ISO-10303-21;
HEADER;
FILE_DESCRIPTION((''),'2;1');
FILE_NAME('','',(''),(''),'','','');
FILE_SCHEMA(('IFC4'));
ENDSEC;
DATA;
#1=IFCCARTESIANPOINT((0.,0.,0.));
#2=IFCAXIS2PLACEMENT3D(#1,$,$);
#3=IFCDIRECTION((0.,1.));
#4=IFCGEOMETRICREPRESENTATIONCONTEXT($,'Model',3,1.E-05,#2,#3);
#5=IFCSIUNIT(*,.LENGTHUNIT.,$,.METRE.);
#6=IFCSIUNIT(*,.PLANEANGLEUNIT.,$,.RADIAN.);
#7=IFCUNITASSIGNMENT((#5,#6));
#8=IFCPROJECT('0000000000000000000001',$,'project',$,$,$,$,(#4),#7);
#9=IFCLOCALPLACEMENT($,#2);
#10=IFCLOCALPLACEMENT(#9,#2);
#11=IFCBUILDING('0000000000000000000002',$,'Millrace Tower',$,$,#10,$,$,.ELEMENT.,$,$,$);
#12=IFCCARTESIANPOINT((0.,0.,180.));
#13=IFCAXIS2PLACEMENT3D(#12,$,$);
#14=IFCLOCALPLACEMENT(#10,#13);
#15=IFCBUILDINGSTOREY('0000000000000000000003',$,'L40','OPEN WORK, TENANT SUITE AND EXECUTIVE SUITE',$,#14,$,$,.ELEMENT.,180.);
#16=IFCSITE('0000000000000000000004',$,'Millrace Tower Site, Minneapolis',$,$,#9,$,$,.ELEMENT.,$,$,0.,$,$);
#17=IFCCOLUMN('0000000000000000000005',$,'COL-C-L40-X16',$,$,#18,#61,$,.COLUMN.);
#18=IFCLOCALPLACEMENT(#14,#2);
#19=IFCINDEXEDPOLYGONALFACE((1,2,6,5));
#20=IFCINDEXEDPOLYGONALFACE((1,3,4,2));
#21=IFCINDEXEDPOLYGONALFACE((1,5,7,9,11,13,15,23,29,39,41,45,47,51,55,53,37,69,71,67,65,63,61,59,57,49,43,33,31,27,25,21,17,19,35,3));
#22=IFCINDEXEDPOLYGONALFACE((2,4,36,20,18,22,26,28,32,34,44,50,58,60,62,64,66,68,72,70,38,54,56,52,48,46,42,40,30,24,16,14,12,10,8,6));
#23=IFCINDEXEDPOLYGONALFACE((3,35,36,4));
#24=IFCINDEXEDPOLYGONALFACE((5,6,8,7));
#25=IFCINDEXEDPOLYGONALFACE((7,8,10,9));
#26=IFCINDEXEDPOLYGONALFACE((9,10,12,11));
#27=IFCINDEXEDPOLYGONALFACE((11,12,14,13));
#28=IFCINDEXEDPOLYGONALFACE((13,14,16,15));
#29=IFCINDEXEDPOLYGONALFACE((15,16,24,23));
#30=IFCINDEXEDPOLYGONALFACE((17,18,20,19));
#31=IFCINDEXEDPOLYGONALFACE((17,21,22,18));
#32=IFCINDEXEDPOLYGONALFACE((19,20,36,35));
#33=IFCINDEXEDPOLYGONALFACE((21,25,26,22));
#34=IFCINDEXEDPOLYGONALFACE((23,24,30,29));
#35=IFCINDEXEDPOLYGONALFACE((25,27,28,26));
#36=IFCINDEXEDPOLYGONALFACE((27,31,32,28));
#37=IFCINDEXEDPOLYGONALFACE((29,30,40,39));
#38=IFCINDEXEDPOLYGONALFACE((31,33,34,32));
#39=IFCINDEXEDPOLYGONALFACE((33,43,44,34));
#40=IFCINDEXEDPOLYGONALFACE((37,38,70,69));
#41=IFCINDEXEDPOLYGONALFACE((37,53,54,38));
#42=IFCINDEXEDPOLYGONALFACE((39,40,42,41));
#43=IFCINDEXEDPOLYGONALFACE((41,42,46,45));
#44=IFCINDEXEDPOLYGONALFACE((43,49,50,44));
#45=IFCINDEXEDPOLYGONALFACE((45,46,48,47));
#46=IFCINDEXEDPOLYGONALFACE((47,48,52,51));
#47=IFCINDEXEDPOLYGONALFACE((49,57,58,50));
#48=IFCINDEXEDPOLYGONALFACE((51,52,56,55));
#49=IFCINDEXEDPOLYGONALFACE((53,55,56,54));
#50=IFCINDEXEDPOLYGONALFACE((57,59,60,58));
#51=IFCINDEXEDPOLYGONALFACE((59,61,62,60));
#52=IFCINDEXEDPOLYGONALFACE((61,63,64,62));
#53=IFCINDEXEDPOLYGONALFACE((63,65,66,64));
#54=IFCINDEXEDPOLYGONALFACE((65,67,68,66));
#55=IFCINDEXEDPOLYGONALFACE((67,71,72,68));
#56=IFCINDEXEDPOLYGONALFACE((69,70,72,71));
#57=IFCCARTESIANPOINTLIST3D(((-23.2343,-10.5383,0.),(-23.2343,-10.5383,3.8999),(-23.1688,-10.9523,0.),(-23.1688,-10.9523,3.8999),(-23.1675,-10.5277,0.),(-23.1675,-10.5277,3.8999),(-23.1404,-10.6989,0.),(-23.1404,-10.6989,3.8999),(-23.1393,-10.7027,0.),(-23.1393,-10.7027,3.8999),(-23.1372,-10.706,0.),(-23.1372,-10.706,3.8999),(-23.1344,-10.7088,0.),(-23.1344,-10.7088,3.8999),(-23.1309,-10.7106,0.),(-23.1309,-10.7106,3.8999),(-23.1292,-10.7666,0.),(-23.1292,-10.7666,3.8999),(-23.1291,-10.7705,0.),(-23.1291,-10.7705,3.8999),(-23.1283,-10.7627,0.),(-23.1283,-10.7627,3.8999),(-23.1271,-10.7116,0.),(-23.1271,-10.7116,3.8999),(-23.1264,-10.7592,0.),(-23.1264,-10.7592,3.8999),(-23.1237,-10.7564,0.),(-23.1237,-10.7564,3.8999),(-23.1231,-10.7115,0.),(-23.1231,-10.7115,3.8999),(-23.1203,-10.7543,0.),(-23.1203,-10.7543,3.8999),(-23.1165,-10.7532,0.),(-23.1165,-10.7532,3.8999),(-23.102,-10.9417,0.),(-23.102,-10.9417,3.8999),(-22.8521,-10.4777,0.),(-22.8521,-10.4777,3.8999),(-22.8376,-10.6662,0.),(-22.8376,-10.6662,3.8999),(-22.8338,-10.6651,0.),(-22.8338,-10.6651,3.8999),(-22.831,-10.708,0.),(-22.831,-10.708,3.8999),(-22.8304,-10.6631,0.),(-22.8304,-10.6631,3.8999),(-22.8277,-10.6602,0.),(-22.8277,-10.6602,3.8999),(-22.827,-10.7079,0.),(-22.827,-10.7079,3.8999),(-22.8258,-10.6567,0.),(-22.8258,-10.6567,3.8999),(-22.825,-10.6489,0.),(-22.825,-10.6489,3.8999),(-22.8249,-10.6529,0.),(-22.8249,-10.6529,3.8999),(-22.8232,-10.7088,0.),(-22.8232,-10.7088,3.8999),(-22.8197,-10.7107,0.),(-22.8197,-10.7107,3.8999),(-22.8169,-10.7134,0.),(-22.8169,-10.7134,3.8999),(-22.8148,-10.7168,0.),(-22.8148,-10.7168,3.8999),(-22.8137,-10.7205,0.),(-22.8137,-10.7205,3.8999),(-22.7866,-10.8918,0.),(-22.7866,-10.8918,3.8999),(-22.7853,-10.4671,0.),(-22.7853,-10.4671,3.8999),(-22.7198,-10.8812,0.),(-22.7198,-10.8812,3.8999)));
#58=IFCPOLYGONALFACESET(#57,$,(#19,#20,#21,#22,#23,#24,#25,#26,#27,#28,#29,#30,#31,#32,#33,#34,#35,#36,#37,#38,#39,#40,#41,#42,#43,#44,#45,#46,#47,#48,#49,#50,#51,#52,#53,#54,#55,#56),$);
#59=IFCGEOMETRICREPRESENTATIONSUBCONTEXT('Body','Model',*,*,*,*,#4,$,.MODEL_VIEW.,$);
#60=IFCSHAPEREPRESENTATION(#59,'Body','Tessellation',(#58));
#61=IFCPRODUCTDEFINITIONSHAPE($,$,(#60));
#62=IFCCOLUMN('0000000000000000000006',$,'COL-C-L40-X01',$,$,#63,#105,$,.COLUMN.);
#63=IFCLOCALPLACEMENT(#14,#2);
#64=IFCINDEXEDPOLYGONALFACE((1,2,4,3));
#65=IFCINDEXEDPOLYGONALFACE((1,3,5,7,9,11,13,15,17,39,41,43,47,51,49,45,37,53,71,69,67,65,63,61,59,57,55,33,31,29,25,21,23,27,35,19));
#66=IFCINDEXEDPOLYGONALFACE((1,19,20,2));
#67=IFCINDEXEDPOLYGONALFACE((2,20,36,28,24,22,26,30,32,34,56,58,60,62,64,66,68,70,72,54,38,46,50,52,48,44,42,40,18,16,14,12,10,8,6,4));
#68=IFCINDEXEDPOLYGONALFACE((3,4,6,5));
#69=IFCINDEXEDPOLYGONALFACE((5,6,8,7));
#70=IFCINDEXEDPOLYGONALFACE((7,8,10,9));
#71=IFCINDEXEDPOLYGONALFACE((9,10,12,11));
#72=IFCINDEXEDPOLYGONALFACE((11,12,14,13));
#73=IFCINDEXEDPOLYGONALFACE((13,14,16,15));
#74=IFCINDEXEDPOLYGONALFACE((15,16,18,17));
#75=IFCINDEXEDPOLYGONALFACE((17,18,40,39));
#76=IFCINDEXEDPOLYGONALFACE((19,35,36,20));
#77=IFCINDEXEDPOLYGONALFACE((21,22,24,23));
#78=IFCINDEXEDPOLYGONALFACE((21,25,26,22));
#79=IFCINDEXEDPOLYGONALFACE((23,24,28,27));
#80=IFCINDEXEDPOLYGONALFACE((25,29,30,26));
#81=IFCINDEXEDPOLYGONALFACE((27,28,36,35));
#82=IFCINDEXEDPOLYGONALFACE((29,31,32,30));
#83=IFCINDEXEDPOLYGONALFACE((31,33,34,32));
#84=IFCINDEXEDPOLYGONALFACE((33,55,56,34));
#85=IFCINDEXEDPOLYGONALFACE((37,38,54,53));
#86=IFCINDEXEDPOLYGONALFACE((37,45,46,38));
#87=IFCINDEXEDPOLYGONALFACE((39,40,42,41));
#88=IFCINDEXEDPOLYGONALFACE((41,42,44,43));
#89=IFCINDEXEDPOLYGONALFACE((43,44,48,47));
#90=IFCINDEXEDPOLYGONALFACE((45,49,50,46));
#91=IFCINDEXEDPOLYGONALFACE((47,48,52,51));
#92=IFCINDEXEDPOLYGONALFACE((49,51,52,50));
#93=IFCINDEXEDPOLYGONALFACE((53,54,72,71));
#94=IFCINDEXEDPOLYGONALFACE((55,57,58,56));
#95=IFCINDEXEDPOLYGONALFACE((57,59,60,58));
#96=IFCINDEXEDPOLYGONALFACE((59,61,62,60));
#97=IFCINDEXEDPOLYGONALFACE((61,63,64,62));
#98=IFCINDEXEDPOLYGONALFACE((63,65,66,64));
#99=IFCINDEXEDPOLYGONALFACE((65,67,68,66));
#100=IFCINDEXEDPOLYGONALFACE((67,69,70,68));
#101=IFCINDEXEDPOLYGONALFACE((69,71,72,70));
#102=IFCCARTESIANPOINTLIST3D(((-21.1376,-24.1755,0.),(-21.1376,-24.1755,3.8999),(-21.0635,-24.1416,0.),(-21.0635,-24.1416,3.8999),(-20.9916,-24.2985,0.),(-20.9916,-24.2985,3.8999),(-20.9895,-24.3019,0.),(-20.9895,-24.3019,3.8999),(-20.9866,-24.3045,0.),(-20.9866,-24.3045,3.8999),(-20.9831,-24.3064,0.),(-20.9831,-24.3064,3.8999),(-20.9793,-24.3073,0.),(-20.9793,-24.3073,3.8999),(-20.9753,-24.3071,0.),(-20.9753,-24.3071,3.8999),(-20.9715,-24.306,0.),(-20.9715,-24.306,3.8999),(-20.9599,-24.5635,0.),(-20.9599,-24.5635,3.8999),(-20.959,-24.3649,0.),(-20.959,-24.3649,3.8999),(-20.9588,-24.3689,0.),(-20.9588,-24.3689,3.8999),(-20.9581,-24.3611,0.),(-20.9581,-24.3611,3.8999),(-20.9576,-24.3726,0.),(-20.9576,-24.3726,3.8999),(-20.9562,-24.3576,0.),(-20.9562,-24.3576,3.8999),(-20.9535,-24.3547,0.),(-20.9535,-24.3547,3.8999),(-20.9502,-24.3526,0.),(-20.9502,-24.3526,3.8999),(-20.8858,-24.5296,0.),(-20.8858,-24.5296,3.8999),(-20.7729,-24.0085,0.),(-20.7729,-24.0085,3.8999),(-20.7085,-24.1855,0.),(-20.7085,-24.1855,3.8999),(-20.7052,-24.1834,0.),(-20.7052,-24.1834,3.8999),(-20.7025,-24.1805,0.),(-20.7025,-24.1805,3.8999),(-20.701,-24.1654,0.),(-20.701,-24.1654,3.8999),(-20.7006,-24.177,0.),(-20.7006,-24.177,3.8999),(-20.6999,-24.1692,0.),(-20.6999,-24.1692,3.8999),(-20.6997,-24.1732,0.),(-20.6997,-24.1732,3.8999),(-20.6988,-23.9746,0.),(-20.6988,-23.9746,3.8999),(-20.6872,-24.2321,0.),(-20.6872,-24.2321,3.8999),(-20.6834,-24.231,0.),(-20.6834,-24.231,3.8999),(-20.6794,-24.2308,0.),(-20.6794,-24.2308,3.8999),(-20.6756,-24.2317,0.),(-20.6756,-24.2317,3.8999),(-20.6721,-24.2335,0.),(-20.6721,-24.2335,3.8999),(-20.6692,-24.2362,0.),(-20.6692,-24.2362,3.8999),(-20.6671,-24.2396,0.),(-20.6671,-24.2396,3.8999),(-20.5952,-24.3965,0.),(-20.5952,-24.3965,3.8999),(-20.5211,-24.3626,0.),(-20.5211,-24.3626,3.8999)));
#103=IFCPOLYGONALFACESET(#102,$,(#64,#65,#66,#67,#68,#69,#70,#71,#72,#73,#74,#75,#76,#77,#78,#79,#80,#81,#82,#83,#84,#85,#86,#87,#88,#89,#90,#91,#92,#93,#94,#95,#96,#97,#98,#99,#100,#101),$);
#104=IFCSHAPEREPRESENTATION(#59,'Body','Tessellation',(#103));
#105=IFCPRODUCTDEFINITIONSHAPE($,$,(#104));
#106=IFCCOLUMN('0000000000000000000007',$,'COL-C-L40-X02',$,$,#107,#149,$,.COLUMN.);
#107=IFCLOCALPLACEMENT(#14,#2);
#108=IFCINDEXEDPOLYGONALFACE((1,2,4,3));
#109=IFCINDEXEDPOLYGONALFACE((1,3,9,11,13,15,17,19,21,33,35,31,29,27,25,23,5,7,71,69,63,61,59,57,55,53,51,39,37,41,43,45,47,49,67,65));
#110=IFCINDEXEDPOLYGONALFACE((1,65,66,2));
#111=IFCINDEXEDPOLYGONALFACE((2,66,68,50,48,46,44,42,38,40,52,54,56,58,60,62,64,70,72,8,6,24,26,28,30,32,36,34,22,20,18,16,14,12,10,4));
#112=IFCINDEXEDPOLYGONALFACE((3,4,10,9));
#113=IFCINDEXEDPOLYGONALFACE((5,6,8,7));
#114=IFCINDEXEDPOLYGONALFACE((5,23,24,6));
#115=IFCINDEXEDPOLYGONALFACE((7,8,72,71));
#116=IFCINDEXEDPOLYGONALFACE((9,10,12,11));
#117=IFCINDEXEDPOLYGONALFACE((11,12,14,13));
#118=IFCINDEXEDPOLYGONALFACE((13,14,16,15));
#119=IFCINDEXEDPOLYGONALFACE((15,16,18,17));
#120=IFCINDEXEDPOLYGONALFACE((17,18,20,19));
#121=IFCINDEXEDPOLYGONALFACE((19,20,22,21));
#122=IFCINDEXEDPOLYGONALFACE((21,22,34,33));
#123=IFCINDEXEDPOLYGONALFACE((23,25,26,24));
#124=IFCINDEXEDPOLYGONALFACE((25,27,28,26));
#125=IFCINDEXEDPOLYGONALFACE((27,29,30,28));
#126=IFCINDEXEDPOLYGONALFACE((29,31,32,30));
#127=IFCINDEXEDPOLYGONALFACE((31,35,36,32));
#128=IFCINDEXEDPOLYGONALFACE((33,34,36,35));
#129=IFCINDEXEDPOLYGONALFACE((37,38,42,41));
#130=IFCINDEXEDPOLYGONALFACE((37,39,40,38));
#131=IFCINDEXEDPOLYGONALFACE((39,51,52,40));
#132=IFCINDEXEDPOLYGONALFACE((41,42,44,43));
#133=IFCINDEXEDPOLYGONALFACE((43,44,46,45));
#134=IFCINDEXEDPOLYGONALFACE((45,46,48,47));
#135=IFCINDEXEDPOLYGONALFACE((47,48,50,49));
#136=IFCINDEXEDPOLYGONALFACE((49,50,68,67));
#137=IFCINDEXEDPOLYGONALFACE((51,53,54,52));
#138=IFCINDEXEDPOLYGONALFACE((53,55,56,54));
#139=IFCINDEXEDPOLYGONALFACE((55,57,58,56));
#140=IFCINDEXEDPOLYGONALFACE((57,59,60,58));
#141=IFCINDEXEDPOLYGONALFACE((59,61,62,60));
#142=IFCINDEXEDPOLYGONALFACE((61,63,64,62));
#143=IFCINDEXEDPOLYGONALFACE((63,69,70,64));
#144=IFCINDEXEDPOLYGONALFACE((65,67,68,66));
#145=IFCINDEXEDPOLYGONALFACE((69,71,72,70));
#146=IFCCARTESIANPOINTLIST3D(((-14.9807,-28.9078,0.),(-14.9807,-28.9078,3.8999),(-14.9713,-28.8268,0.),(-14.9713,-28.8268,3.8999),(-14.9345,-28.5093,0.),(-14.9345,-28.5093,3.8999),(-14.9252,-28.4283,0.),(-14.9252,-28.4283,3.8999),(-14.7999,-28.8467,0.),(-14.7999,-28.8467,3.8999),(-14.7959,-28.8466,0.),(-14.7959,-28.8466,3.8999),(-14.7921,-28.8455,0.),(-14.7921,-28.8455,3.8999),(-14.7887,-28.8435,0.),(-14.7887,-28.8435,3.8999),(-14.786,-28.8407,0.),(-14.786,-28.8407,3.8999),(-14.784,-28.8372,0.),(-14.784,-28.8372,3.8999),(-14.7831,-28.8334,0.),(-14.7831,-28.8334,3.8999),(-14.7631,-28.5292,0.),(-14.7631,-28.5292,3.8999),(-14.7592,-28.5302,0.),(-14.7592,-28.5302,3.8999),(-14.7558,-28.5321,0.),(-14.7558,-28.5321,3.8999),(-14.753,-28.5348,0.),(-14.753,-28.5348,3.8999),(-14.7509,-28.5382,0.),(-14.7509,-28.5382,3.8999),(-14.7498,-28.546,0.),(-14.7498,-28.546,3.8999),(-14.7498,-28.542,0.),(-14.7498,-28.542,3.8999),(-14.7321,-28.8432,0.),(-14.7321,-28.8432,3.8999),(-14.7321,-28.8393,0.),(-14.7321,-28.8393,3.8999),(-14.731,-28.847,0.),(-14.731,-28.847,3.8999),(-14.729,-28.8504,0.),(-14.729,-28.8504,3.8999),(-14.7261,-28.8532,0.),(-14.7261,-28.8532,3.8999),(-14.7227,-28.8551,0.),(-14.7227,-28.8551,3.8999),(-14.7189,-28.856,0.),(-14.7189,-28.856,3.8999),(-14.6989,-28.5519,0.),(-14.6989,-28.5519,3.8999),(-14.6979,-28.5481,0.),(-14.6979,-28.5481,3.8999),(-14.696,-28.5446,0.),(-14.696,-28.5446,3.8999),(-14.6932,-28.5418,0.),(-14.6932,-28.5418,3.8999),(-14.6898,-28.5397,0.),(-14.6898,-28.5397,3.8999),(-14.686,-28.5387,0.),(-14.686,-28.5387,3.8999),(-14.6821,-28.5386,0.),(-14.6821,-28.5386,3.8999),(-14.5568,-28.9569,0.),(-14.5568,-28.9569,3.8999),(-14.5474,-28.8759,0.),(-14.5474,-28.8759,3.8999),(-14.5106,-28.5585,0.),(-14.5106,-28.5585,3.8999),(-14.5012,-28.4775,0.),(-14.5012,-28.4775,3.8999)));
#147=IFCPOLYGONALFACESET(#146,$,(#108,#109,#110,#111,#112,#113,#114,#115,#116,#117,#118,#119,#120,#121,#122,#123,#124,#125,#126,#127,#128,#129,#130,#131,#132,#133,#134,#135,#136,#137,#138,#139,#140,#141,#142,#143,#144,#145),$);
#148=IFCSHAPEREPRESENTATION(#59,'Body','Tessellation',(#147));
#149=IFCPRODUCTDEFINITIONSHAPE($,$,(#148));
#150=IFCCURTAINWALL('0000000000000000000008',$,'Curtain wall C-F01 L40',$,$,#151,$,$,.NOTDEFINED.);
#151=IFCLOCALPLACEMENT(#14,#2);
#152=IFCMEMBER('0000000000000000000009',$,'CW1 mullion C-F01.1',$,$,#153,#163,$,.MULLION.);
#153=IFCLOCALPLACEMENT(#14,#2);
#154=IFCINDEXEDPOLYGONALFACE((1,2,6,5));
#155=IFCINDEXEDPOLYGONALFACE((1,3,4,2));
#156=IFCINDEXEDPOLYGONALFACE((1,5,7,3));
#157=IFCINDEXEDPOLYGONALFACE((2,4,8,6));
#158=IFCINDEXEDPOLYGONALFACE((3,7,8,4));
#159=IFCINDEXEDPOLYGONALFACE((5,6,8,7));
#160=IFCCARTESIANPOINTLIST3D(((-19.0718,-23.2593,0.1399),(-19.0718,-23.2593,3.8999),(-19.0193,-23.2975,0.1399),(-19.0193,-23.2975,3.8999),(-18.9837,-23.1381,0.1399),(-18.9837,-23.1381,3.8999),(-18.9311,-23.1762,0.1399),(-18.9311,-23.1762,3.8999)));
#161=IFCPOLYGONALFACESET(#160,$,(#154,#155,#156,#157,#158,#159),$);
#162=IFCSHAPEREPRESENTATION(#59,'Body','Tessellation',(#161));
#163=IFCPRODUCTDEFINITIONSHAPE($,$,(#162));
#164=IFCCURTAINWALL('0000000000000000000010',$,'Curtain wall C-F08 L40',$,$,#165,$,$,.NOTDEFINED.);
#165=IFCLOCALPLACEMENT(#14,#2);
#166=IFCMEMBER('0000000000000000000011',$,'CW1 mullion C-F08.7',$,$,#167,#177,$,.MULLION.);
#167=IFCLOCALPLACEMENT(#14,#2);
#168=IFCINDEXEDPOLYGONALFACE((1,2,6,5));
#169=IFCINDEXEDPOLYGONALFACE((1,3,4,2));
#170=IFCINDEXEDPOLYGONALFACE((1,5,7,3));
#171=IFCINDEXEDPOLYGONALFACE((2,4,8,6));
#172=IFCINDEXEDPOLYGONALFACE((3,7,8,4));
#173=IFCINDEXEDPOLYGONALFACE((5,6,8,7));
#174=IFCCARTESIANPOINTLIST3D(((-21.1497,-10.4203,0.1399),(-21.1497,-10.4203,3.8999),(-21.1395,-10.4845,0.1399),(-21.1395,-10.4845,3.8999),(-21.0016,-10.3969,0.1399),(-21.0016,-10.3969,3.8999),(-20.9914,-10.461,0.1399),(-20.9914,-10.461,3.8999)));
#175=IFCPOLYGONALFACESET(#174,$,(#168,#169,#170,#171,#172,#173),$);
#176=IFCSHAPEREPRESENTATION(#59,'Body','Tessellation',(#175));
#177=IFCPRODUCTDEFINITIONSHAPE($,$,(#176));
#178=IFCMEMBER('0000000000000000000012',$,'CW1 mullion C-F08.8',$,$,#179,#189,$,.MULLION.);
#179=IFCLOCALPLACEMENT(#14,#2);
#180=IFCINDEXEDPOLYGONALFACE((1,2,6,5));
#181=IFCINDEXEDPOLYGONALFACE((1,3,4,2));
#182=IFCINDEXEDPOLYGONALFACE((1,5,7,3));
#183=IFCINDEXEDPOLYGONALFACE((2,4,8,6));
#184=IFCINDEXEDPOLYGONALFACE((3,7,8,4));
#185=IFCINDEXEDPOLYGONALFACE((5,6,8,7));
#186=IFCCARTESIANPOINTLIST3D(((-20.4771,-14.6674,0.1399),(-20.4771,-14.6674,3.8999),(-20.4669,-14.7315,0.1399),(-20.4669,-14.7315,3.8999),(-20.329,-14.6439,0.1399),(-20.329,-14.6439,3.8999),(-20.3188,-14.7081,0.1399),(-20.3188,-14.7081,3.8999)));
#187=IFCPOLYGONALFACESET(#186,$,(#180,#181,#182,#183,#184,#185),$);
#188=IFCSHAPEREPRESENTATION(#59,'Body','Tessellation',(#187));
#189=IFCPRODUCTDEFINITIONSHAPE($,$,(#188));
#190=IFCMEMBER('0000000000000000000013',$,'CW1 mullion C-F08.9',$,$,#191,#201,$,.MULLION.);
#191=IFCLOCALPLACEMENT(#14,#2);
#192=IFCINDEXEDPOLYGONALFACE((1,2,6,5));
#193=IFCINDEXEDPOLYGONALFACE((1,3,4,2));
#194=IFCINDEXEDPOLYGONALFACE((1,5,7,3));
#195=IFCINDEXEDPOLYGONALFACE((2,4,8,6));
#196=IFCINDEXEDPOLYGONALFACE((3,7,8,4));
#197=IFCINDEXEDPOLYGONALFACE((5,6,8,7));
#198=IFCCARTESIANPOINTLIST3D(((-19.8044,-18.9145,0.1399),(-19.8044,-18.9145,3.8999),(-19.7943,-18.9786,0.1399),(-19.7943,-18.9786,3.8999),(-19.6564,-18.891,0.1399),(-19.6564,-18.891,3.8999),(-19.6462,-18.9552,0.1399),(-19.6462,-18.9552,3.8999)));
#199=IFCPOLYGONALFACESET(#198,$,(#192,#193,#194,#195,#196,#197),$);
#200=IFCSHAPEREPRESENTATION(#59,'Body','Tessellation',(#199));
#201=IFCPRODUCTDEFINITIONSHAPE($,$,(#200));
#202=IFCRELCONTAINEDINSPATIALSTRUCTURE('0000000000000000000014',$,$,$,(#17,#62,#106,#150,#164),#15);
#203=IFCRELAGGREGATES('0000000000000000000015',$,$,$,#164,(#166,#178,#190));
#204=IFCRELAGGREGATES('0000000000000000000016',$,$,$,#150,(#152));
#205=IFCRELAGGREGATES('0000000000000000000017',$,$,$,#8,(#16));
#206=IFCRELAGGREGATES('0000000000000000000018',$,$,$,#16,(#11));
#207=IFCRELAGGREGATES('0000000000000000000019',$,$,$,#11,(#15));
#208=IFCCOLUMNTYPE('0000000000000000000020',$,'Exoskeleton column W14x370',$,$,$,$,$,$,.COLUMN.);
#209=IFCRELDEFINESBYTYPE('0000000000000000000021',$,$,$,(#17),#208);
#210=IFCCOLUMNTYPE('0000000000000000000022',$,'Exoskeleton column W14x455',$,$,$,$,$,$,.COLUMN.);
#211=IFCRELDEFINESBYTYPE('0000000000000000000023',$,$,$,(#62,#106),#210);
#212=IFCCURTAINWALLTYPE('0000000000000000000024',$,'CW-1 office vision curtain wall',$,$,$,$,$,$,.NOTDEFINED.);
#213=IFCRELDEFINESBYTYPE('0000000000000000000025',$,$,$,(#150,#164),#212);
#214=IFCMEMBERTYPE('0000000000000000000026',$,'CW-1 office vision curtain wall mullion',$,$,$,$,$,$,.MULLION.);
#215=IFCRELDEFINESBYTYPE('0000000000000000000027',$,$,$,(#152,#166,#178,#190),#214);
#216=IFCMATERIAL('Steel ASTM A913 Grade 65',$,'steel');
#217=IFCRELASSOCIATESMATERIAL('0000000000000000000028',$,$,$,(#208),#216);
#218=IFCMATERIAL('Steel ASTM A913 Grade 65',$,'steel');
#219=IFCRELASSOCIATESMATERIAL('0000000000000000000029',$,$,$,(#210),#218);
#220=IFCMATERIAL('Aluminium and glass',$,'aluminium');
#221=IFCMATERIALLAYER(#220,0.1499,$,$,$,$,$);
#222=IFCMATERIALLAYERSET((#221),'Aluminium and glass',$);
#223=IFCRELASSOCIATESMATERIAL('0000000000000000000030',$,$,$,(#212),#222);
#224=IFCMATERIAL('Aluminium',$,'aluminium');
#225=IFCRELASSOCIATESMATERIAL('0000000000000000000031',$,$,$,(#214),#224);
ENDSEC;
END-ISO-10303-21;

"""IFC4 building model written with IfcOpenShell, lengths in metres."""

from ifc_helpers import new_model, si_unit, direction, frame, origin, origin_2d, place, context, subcontext, project, spatial, rectangle, i_section, extrude, material, layer, layer_set, material_profile, profile_set, type_object, element, aggregate, save


model = new_model("IFC4")

# Units and contexts
model_context = context("Model", 3, precision=1e-05, world=origin(), true_north=direction((0.0, 1.0)))
body_context = subcontext(model_context, "Body", "Model", "MODEL_VIEW")
ifc_project = project(units=[si_unit("LENGTHUNIT", "METRE"), si_unit("PLANEANGLEUNIT", "RADIAN")], contexts=[model_context])

# Site, building, storey
site_placement = place(None, origin())
site = spatial("IfcSite", under=ifc_project, at=site_placement, Name="Millrace Tower Site, Minneapolis", CompositionType="ELEMENT", RefElevation=0.0)
building_placement = place(site_placement, origin())
building = spatial("IfcBuilding", under=site, at=building_placement, Name="Millrace Tower", CompositionType="ELEMENT")
storey_placement = place(building_placement, frame((0.0, 0.0, 180.0)))
storey = spatial("IfcBuildingStorey", under=building, at=storey_placement, Name="L40", Description="OPEN WORK, TENANT SUITE AND EXECUTIVE SUITE", CompositionType="ELEMENT", Elevation=180.0)

# Columns
ifc_material_1 = material(Name="Steel ASTM A913 Grade 65", Category="steel")
ifc_material_profile_1 = material_profile(ifc_material_1, i_section(OverallWidth=0.4192, OverallDepth=0.4546, WebThickness=0.0422, FlangeThickness=0.0676, FilletRadius=0.0151, at=origin_2d()))
ifc_profile_set_1 = profile_set([ifc_material_profile_1], Name="Steel ASTM A913 Grade 65")
column_type_1 = type_object("IfcColumnType", Name="Exoskeleton column W14x370", PredefinedType="COLUMN", material=ifc_profile_set_1)
column_placement = place(storey_placement, frame((-22.9771, -10.7097, 0.0), z_axis=(0.0, 0.0, 1.0), x_axis=(0.156434, -0.987688, 0.0)))
element("IfcColumn", 1, at=column_placement, inside=storey, type_object=column_type_1, Name="COL-C-L40-X16", PredefinedType="COLUMN", context=body_context, shape_type="SweptSolid", body=[
    extrude(i_section(OverallWidth=0.4192, OverallDepth=0.4546, WebThickness=0.0422, FlangeThickness=0.0676, FilletRadius=0.0151, at=origin_2d()), origin(), (0.0, 0.0, 1.0), 3.8999),
])
ifc_material_2 = material(Name="Steel ASTM A913 Grade 65", Category="steel")
ifc_material_profile_2 = material_profile(ifc_material_2, i_section(OverallWidth=0.4268, OverallDepth=0.4827, WebThickness=0.0513, FlangeThickness=0.0815, FilletRadius=0.0151, at=origin_2d()))
ifc_profile_set_2 = profile_set([ifc_material_profile_2], Name="Steel ASTM A913 Grade 65")
column_type_2 = type_object("IfcColumnType", Name="Exoskeleton column W14x455", PredefinedType="COLUMN", material=ifc_profile_set_2)
for number, where, z_axis, x_axis, name in (
    (2, (-20.8293, -24.269, 0.0), (0.0, 0.0, 1.0), (0.416401, -0.909181, 0.0), "COL-C-L40-X01"),
    (3, (-14.741, -28.6926, 0.0), (0.0, 0.0, 1.0), (0.993358, -0.115069, 0.0), "COL-C-L40-X02"),
):
    element("IfcColumn", number, at=place(storey_placement, frame(where, z_axis=z_axis, x_axis=x_axis)), inside=storey, type_object=column_type_2, Name=name, PredefinedType="COLUMN", context=body_context, shape_type="SweptSolid", body=[
        extrude(i_section(OverallWidth=0.4268, OverallDepth=0.4827, WebThickness=0.0513, FlangeThickness=0.0815, FilletRadius=0.0151, at=origin_2d()), origin(), (0.0, 0.0, 1.0), 3.8999),
    ])

# Curtain wall, member
ifc_material_3 = material(Name="Aluminium and glass", Category="aluminium")
ifc_layer_1 = layer(ifc_material_3, 0.1499)
ifc_layer_set_1 = layer_set([ifc_layer_1], Name="Aluminium and glass")
curtain_wall_type = type_object("IfcCurtainWallType", Name="CW-1 office vision curtain wall", PredefinedType="NOTDEFINED", material=ifc_layer_set_1)
placement = place(storey_placement, origin())
curtain_wall_1 = element("IfcCurtainWall", 4, at=placement, inside=storey, type_object=curtain_wall_type, Name="Curtain wall C-F01 L40", PredefinedType="NOTDEFINED")
ifc_material_4 = material(Name="Aluminium", Category="aluminium")
ifc_material_profile_3 = material_profile(ifc_material_4, rectangle(XDim=0.0649, YDim=0.1499, at=origin_2d()))
ifc_profile_set_3 = profile_set([ifc_material_profile_3], Name="Aluminium")
member_type_1 = type_object("IfcMemberType", Name="CW-1 office vision curtain wall mullion", PredefinedType="MULLION", material=ifc_profile_set_3)
member_1_placement = place(storey_placement, frame((-19.0015, -23.2178, 0.1399), z_axis=(0.0, 0.0, 1.0), x_axis=(0.809017, -0.587785, 0.0)))
member_1 = element("IfcMember", 5, at=member_1_placement, type_object=member_type_1, Name="CW1 mullion C-F01.1", PredefinedType="MULLION", context=body_context, shape_type="SweptSolid", body=[
    extrude(rectangle(XDim=0.0649, YDim=0.1499, at=origin_2d()), origin(), (0.0, 0.0, 1.0), 3.76),
])

# Curtain wall, members
curtain_wall_2 = element("IfcCurtainWall", 6, at=placement, inside=storey, type_object=curtain_wall_type, Name="Curtain wall C-F08 L40", PredefinedType="NOTDEFINED")
member_2_placement = place(storey_placement, frame((-21.0706, -10.4407, 0.1399), z_axis=(0.0, 0.0, 1.0), x_axis=(0.156434, -0.987688, 0.0)))
member_2 = element("IfcMember", 7, at=member_2_placement, type_object=member_type_1, Name="CW1 mullion C-F08.7", PredefinedType="MULLION", context=body_context, shape_type="SweptSolid", body=[
    extrude(rectangle(XDim=0.0649, YDim=0.1499, at=origin_2d()), origin(), (0.0, 0.0, 1.0), 3.76),
])
member_3_placement = place(storey_placement, frame((-20.3979, -14.6877, 0.1399), z_axis=(0.0, 0.0, 1.0), x_axis=(0.156434, -0.987688, 0.0)))
member_3 = element("IfcMember", 8, at=member_3_placement, type_object=member_type_1, Name="CW1 mullion C-F08.8", PredefinedType="MULLION", context=body_context, shape_type="SweptSolid", body=[
    extrude(rectangle(XDim=0.0649, YDim=0.1499, at=origin_2d()), origin(), (0.0, 0.0, 1.0), 3.76),
])
member_4_placement = place(storey_placement, frame((-19.7253, -18.9348, 0.1399), z_axis=(0.0, 0.0, 1.0), x_axis=(0.156434, -0.987688, 0.0)))
member_4 = element("IfcMember", 9, at=member_4_placement, type_object=member_type_1, Name="CW1 mullion C-F08.9", PredefinedType="MULLION", context=body_context, shape_type="SweptSolid", body=[
    extrude(rectangle(XDim=0.0649, YDim=0.1499, at=origin_2d()), origin(), (0.0, 0.0, 1.0), 3.76),
])
aggregate(curtain_wall_2, [member_2, member_3, member_4])

aggregate(curtain_wall_1, [member_1])

save(model, "model.ifc")
